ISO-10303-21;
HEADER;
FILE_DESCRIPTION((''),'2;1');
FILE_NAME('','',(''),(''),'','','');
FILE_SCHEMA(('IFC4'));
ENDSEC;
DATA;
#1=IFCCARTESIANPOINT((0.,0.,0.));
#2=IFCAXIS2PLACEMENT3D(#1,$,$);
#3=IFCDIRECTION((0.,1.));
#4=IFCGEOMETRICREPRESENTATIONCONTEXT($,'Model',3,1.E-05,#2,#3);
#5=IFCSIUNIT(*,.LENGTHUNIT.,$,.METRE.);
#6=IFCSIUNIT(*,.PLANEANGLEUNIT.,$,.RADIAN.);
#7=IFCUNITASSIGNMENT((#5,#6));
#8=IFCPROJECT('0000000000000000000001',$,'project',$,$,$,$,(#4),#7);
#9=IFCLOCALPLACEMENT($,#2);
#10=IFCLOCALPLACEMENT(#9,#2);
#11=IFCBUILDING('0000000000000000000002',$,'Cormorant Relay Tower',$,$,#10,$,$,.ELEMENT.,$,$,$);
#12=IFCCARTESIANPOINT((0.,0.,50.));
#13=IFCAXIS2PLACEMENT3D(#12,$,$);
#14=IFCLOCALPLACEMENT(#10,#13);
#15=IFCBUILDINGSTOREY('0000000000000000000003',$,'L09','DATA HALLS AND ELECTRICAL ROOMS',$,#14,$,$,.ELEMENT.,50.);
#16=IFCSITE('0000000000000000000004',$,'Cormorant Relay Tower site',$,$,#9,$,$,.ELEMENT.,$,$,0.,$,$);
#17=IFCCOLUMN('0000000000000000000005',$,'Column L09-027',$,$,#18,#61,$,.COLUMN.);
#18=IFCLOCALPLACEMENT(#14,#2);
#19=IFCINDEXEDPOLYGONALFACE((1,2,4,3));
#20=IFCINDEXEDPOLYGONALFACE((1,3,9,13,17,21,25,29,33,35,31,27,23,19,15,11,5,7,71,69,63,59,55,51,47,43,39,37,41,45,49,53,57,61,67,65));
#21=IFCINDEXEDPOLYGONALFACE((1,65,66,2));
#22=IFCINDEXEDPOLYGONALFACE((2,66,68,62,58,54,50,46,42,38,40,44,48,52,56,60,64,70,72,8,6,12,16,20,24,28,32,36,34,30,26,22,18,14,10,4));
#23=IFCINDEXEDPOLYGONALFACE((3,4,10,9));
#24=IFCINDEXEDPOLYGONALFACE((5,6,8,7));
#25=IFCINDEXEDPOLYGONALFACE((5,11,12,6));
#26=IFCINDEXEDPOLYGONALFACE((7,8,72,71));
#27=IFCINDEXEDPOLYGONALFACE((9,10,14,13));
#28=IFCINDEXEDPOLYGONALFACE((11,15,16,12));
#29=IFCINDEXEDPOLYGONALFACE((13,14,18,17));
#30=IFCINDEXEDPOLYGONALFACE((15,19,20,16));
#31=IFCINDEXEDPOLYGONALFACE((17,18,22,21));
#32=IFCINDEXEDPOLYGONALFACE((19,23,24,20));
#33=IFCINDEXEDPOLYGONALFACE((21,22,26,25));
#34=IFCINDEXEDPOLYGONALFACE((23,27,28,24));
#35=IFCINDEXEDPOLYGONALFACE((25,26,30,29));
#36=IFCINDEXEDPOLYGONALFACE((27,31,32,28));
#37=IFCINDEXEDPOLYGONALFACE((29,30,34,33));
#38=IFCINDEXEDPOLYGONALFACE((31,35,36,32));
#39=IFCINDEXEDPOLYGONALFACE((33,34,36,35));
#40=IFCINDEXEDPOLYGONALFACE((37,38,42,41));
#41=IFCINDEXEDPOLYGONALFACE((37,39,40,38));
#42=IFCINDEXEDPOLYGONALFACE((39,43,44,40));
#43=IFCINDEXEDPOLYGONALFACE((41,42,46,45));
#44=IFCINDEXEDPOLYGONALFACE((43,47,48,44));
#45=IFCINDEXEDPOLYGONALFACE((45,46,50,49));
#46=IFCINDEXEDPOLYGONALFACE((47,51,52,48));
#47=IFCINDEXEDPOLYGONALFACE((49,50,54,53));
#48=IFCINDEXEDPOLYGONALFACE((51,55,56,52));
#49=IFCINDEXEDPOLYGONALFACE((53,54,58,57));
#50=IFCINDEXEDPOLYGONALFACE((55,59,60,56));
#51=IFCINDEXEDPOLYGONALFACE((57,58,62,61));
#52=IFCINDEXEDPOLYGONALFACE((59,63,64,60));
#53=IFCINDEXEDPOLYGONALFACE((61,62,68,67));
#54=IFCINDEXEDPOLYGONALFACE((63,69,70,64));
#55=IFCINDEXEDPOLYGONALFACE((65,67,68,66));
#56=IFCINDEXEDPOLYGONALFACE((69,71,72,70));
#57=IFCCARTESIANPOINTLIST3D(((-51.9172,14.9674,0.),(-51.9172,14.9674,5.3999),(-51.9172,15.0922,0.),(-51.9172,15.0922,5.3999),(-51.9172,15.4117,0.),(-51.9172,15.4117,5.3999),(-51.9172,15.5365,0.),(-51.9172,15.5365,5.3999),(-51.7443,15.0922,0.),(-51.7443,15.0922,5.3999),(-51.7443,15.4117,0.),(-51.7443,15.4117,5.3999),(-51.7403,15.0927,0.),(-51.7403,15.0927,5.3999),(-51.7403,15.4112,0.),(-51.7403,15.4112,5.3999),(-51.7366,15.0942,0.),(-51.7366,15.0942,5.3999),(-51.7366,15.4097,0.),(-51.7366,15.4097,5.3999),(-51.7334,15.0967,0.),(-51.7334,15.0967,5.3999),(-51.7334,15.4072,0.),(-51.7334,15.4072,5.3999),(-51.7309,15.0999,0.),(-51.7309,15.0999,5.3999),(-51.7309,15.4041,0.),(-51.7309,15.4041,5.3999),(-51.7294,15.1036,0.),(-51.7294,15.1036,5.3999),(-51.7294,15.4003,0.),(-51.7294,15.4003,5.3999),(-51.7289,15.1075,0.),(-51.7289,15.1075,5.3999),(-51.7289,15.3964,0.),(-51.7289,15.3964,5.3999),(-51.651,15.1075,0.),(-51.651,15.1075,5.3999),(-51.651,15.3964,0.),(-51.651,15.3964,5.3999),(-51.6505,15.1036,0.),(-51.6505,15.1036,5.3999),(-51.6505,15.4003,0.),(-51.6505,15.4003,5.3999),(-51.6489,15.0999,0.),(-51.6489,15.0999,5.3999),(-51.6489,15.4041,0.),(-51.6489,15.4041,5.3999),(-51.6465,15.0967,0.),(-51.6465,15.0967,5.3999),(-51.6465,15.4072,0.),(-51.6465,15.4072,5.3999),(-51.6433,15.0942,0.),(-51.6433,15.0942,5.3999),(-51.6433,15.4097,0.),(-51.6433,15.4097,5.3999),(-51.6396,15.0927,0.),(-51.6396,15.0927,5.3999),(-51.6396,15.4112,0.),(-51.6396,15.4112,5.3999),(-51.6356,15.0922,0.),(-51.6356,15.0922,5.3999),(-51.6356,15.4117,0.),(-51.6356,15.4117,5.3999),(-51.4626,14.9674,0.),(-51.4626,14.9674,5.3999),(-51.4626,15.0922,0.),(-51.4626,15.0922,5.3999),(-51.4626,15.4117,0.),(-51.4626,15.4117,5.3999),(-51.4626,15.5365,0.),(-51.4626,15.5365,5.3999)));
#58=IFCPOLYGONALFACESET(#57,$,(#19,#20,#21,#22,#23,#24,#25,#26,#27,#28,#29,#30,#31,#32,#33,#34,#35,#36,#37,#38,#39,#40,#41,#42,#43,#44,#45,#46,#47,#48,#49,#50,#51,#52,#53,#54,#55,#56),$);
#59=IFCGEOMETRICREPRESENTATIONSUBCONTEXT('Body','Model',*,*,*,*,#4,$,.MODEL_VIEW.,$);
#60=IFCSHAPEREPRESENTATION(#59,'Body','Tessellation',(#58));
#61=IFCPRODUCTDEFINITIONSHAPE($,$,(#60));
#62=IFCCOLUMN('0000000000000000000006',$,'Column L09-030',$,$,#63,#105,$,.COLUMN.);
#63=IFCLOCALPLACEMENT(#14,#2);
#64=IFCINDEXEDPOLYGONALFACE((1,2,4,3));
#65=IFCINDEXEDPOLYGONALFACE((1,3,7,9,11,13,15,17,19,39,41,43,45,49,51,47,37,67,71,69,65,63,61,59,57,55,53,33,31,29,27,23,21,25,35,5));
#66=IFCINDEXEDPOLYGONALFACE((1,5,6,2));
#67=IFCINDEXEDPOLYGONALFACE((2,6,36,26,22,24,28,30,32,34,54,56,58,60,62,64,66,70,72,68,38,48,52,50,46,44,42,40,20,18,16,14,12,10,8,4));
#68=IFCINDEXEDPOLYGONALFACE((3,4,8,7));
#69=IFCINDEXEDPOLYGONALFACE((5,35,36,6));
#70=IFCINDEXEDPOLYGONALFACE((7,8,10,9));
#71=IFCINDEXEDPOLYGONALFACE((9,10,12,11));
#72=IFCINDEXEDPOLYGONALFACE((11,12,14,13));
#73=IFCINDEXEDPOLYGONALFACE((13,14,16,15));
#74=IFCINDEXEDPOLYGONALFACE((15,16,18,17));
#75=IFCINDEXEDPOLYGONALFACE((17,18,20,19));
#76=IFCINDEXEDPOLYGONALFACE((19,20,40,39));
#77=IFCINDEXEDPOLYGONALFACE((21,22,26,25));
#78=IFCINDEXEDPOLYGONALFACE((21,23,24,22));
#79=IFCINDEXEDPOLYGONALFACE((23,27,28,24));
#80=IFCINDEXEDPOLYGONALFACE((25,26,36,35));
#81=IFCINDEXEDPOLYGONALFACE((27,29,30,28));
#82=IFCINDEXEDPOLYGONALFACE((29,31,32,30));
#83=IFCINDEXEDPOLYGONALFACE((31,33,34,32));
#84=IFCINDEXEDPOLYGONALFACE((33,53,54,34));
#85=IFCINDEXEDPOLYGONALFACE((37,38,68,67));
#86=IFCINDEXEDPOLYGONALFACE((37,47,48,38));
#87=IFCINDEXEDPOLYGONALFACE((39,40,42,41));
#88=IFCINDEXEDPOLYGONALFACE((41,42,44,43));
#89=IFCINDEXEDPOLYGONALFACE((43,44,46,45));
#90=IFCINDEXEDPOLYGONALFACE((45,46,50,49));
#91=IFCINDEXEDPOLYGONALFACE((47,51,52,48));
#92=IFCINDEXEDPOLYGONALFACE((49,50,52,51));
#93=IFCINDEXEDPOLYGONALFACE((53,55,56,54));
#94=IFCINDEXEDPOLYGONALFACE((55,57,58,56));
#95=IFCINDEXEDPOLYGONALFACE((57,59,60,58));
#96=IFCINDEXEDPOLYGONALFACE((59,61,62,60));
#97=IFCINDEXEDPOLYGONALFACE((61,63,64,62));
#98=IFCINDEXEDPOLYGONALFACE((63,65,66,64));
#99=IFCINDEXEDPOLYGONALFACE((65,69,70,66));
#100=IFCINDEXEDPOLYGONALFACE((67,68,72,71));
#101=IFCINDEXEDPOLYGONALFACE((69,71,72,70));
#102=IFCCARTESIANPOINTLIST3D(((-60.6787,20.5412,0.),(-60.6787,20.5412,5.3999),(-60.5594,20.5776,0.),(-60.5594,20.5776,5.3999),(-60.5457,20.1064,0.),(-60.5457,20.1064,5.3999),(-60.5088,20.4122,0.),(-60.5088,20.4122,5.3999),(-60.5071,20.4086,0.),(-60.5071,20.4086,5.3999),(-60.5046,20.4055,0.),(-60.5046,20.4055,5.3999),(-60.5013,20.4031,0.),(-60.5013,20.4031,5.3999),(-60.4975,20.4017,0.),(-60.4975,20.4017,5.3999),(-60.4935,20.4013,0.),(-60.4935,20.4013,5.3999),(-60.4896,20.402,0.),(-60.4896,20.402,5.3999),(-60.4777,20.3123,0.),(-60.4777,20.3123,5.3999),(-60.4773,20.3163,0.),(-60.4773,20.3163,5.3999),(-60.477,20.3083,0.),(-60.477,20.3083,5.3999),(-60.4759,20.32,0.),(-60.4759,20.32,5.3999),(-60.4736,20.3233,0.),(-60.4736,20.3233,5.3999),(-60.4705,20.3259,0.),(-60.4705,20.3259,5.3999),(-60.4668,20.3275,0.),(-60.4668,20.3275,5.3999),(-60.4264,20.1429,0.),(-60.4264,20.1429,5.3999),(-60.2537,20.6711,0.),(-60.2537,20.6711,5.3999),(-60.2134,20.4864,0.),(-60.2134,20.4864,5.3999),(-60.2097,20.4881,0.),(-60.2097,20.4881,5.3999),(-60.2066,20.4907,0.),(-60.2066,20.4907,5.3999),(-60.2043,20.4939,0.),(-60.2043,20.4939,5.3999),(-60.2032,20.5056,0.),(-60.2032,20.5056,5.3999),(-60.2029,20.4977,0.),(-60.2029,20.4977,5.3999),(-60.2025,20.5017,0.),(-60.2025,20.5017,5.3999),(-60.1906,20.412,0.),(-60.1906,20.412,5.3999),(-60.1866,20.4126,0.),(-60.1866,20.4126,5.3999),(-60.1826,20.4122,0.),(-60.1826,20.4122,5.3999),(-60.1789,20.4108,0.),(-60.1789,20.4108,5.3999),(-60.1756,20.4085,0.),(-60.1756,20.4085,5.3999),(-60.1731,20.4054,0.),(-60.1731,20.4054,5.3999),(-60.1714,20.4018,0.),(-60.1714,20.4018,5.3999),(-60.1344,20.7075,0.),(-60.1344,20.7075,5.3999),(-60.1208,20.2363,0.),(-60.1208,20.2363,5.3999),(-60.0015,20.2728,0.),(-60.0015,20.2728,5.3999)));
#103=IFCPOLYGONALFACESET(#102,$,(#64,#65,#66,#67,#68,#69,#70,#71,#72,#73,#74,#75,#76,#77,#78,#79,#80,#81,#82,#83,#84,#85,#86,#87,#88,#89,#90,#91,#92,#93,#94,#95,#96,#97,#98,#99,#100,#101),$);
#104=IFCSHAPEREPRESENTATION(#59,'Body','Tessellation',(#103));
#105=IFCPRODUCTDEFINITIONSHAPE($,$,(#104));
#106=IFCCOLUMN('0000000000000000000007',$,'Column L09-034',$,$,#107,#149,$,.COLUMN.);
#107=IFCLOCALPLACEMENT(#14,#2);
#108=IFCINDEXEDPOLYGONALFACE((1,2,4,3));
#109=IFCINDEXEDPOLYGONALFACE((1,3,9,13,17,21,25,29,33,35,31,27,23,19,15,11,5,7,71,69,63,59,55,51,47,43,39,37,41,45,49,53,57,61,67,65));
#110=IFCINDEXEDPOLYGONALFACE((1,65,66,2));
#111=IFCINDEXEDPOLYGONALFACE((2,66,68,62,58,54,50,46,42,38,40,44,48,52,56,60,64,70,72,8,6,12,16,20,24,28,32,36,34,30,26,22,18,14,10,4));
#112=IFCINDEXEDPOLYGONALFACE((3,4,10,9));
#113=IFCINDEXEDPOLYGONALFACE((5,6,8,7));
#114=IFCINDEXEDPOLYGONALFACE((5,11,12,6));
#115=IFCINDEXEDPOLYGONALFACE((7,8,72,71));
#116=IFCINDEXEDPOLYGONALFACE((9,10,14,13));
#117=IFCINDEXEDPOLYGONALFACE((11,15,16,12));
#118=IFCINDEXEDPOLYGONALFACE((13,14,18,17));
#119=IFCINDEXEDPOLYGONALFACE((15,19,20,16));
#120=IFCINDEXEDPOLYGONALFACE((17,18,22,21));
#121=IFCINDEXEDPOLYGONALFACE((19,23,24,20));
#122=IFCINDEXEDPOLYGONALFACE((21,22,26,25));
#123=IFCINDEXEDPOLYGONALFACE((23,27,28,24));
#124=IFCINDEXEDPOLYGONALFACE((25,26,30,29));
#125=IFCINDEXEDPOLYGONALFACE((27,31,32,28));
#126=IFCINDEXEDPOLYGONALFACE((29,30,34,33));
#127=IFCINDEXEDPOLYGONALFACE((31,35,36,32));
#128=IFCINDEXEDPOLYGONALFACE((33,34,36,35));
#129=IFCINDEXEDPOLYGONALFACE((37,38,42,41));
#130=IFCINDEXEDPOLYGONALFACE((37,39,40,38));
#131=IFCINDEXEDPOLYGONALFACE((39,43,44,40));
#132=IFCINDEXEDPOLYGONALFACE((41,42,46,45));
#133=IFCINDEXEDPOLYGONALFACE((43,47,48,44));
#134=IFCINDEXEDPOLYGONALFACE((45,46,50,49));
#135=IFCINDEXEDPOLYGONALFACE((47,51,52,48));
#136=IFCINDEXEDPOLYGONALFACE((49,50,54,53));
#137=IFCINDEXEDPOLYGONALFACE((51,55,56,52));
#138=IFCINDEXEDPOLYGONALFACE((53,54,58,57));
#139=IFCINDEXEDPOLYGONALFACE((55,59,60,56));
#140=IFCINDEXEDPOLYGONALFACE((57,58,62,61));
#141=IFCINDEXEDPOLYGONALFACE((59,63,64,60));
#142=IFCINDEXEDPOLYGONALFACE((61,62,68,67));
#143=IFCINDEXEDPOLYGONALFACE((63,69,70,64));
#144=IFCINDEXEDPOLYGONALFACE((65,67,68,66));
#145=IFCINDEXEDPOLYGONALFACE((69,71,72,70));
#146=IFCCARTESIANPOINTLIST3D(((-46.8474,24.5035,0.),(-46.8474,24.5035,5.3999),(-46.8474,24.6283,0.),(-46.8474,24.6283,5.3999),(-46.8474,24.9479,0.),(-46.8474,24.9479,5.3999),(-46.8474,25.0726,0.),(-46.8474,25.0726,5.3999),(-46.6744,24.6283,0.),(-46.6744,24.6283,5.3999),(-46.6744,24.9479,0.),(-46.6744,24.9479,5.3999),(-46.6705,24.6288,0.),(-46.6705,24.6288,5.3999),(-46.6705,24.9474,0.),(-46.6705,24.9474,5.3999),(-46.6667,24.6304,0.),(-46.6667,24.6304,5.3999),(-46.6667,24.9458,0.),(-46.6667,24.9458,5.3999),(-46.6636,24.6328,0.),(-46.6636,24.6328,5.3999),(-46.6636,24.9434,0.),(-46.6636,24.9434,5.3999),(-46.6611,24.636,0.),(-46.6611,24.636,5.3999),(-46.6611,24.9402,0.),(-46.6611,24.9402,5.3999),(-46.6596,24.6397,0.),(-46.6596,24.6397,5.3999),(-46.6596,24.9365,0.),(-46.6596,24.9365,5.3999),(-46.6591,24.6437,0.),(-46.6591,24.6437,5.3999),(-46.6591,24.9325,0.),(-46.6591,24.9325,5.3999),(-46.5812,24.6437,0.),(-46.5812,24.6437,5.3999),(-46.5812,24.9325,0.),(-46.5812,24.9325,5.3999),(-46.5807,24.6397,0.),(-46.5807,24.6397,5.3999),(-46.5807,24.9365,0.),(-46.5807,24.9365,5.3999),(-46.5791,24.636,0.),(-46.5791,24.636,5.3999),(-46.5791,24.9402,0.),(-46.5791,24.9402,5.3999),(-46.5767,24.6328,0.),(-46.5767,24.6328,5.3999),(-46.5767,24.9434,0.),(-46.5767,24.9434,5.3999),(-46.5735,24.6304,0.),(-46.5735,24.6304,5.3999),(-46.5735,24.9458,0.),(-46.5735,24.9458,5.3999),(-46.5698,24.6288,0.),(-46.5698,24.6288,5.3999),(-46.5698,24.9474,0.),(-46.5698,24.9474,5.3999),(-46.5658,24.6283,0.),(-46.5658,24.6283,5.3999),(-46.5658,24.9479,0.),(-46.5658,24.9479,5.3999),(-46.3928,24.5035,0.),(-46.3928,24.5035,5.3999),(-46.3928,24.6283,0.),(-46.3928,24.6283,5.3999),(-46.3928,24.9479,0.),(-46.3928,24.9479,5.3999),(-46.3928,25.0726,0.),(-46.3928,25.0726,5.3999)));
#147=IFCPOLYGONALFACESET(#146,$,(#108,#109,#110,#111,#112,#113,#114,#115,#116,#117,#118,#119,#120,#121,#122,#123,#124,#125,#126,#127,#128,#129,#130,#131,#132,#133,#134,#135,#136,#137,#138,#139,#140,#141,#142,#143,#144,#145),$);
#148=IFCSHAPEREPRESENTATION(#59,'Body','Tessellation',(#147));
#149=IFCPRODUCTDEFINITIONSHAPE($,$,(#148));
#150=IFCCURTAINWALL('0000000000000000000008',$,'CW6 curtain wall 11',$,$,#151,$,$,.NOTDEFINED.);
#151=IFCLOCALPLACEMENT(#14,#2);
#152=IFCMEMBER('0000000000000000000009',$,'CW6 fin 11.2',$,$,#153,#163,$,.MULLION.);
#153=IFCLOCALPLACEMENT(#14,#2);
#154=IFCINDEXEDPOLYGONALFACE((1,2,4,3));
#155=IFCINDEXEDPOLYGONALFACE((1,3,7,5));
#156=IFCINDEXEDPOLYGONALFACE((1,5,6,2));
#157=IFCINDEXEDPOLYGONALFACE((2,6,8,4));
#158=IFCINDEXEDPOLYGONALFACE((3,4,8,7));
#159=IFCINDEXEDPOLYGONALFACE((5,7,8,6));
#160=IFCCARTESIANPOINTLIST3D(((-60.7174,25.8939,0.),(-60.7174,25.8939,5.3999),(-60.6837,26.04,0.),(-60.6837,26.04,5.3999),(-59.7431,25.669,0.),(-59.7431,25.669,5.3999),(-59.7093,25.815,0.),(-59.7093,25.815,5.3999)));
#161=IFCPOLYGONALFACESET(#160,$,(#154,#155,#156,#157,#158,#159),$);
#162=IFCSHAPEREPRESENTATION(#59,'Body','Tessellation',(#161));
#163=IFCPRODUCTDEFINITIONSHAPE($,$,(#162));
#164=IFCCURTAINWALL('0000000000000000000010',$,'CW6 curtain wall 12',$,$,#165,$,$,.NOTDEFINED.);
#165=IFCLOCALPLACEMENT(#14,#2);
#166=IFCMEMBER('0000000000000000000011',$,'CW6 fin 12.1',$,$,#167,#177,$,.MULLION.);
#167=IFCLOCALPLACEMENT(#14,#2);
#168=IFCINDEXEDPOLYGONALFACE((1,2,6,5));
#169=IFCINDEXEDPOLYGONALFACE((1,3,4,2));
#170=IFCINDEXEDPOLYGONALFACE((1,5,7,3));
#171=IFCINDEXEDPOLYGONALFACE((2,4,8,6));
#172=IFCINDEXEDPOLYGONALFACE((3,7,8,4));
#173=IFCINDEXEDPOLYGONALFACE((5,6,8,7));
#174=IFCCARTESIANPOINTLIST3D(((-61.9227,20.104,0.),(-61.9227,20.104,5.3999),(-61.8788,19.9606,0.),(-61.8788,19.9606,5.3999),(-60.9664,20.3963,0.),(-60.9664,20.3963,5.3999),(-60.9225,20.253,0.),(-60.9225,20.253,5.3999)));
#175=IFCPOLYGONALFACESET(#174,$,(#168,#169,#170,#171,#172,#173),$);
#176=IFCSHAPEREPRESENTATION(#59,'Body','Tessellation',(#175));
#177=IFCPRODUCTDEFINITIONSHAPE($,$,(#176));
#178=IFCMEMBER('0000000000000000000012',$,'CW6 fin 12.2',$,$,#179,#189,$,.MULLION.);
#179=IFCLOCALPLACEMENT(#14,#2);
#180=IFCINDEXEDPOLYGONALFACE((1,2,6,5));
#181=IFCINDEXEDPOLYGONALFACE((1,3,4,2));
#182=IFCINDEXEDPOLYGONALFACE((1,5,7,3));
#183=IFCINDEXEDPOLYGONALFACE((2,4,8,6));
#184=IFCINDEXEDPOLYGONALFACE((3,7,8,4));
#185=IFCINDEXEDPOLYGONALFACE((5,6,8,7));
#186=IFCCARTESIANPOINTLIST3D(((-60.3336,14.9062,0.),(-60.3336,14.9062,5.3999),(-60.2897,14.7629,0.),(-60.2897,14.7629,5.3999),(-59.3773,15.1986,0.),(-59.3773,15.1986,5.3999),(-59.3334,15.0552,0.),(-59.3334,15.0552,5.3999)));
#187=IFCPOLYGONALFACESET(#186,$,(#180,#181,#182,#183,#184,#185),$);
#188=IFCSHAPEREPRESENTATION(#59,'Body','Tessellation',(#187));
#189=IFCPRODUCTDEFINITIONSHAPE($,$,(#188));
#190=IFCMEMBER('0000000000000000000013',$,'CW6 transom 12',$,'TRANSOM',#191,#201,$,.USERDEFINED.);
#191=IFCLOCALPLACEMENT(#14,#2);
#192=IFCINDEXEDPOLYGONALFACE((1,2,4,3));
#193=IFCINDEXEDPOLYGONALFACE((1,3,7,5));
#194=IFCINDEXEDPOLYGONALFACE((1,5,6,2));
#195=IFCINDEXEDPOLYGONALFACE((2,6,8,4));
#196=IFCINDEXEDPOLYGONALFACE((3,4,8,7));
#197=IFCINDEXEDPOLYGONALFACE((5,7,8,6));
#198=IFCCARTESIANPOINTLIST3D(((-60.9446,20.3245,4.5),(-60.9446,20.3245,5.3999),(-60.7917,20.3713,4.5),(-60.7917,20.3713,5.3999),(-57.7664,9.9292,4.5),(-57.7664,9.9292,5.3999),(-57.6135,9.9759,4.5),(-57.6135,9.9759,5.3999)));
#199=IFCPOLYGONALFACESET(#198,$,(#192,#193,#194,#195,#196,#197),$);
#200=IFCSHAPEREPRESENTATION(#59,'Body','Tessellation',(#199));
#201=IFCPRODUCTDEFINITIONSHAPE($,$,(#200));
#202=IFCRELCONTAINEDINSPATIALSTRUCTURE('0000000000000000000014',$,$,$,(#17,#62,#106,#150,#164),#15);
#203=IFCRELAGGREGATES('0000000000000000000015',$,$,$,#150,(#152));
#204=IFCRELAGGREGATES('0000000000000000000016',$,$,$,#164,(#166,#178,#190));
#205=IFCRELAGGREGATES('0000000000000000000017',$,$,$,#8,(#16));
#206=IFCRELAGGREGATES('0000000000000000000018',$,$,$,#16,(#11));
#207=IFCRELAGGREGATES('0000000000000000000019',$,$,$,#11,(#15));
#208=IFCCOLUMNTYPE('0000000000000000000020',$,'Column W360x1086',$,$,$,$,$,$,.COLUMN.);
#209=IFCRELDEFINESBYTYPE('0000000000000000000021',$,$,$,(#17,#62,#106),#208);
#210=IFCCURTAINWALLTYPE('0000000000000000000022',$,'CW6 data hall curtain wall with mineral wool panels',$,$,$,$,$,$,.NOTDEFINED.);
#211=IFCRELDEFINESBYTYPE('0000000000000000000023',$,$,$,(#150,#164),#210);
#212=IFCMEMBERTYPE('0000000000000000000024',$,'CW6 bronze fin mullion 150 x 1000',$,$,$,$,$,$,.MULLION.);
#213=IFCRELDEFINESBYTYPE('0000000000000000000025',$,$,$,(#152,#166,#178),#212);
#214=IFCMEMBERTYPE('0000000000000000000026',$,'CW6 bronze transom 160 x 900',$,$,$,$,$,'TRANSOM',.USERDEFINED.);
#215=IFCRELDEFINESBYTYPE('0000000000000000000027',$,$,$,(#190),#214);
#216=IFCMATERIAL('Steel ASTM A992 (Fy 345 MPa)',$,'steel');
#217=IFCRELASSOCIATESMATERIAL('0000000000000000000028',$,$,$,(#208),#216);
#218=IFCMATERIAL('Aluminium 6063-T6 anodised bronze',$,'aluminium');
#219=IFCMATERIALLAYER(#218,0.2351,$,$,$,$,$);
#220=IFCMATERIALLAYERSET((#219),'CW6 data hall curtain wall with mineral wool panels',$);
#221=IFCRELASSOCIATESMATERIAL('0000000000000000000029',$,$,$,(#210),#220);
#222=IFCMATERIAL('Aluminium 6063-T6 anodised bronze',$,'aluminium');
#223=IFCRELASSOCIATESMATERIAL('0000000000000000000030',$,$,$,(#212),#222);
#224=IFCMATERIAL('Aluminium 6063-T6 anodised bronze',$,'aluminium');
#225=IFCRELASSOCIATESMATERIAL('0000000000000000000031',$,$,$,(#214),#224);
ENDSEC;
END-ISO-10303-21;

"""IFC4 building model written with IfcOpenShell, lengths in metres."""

from ifc_helpers import new_model, si_unit, direction, frame, origin, origin_2d, place, context, subcontext, project, spatial, rectangle, i_section, extrude, material, layer, layer_set, material_profile, profile_set, type_object, element, aggregate, save


model = new_model("IFC4")

# Units and contexts
model_context = context("Model", 3, precision=1e-05, world=origin(), true_north=direction((0.0, 1.0)))
body_context = subcontext(model_context, "Body", "Model", "MODEL_VIEW")
ifc_project = project(units=[si_unit("LENGTHUNIT", "METRE"), si_unit("PLANEANGLEUNIT", "RADIAN")], contexts=[model_context])

# Site, building, storey
site_placement = place(None, origin())
site = spatial("IfcSite", under=ifc_project, at=site_placement, Name="Cormorant Relay Tower site", CompositionType="ELEMENT", RefElevation=0.0)
building_placement = place(site_placement, origin())
building = spatial("IfcBuilding", under=site, at=building_placement, Name="Cormorant Relay Tower", CompositionType="ELEMENT")
storey_placement = place(building_placement, frame((0.0, 0.0, 50.0)))
storey = spatial("IfcBuildingStorey", under=building, at=storey_placement, Name="L09", Description="DATA HALLS AND ELECTRICAL ROOMS", CompositionType="ELEMENT", Elevation=50.0)

# Columns
ifc_material_1 = material(Name="Steel ASTM A992 (Fy 345 MPa)", Category="steel")
ifc_material_profile_1 = material_profile(ifc_material_1, i_section(OverallWidth=0.4546, OverallDepth=0.5691, WebThickness=0.0779, FlangeThickness=0.1248, FilletRadius=0.0154, at=origin_2d()), Name="W360x1086")
ifc_profile_set_1 = profile_set([ifc_material_profile_1], Name="Steel ASTM A992 (Fy 345 MPa)")
column_type = type_object("IfcColumnType", Name="Column W360x1086", PredefinedType="COLUMN", material=ifc_profile_set_1)
for number, where, z_axis, x_axis, name in (
    (1, (-51.6899, 15.252, 0.0), (0.0, 0.0, 1.0), (1.0, 0.0, 0.0), "Column L09-027"),
    (2, (-60.3401, 20.407, 0.0), (0.0, 0.0, 1.0), (0.292372, -0.956305, 0.0), "Column L09-030"),
    (3, (-46.6201, 24.7881, 0.0), (0.0, 0.0, 1.0), (1.0, 0.0, 0.0), "Column L09-034"),
):
    element("IfcColumn", number, at=place(storey_placement, frame(where, z_axis=z_axis, x_axis=x_axis)), inside=storey, type_object=column_type, Name=name, PredefinedType="COLUMN", context=body_context, shape_type="SweptSolid", body=[
        extrude(i_section(OverallWidth=0.4546, OverallDepth=0.5691, WebThickness=0.0779, FlangeThickness=0.1248, FilletRadius=0.0154, at=origin_2d()), origin(), (0.0, 0.0, 1.0), 5.3999),
    ])

# Curtain wall, member
ifc_material_2 = material(Name="Aluminium 6063-T6 anodised bronze", Category="aluminium")
ifc_layer_1 = layer(ifc_material_2, 0.2351)
ifc_layer_set_1 = layer_set([ifc_layer_1], Name="CW6 data hall curtain wall with mineral wool panels")
curtain_wall_type = type_object("IfcCurtainWallType", Name="CW6 data hall curtain wall with mineral wool panels", PredefinedType="NOTDEFINED", material=ifc_layer_set_1)
curtain_wall_1_placement = place(storey_placement, origin())
curtain_wall_1 = element("IfcCurtainWall", 4, at=curtain_wall_1_placement, inside=storey, type_object=curtain_wall_type, Name="CW6 curtain wall 11", PredefinedType="NOTDEFINED")
ifc_material_3 = material(Name="Aluminium 6063-T6 anodised bronze", Category="aluminium")
ifc_material_profile_2 = material_profile(ifc_material_3, rectangle(XDim=0.1499, YDim=1.0, at=origin_2d()), Name="AL 150x1000")
ifc_profile_set_2 = profile_set([ifc_material_profile_2], Name="Aluminium 6063-T6 anodised bronze")
member_type_1 = type_object("IfcMemberType", Name="CW6 bronze fin mullion 150 x 1000", PredefinedType="MULLION", material=ifc_profile_set_2)
member_1_placement = place(storey_placement, frame((-60.2134, 25.8545, 0.0), z_axis=(0.0, 0.0, 1.0), x_axis=(-0.224951, -0.97437, 0.0)))
member_1 = element("IfcMember", 5, at=member_1_placement, type_object=member_type_1, Name="CW6 fin 11.2", PredefinedType="MULLION", context=body_context, shape_type="SweptSolid", body=[
    extrude(rectangle(XDim=0.1499, YDim=1.0, at=origin_2d()), origin(), (0.0, 0.0, 1.0), 5.3999),
])

# Curtain wall, members
curtain_wall_2_placement = place(storey_placement, origin())
curtain_wall_2 = element("IfcCurtainWall", 6, at=curtain_wall_2_placement, inside=storey, type_object=curtain_wall_type, Name="CW6 curtain wall 12", PredefinedType="NOTDEFINED")
member_2_placement = place(storey_placement, frame((-61.4226, 20.1785, 0.0), z_axis=(0.0, 0.0, 1.0), x_axis=(0.292372, -0.956305, 0.0)))
member_2 = element("IfcMember", 7, at=member_2_placement, type_object=member_type_1, Name="CW6 fin 12.1", PredefinedType="MULLION", context=body_context, shape_type="SweptSolid", body=[
    extrude(rectangle(XDim=0.1499, YDim=1.0, at=origin_2d()), origin(), (0.0, 0.0, 1.0), 5.3999),
])
member_3_placement = place(storey_placement, frame((-59.8335, 14.9807, 0.0), z_axis=(0.0, 0.0, 1.0), x_axis=(0.292372, -0.956305, 0.0)))
member_3 = element("IfcMember", 8, at=member_3_placement, type_object=member_type_1, Name="CW6 fin 12.2", PredefinedType="MULLION", context=body_context, shape_type="SweptSolid", body=[
    extrude(rectangle(XDim=0.1499, YDim=1.0, at=origin_2d()), origin(), (0.0, 0.0, 1.0), 5.3999),
])
ifc_material_4 = material(Name="Aluminium 6063-T6 anodised bronze", Category="aluminium")
ifc_material_profile_3 = material_profile(ifc_material_4, rectangle(XDim=0.1599, YDim=0.8999, at=origin_2d()), Name="AL 160x900")
ifc_profile_set_3 = profile_set([ifc_material_profile_3], Name="Aluminium 6063-T6 anodised bronze")
member_type_2 = type_object("IfcMemberType", Name="CW6 bronze transom 160 x 900", ElementType="TRANSOM", PredefinedType="USERDEFINED", material=ifc_profile_set_3)
member_4_placement = place(storey_placement, frame((-60.8682, 20.3479, 4.95), z_axis=(0.292378, -0.956303, 0.0), x_axis=(0.956303, 0.292378, 0.0)))
member_4 = element("IfcMember", 9, at=member_4_placement, type_object=member_type_2, Name="CW6 transom 12", ObjectType="TRANSOM", PredefinedType="USERDEFINED", context=body_context, shape_type="SweptSolid", body=[
    extrude(rectangle(XDim=0.1599, YDim=0.8999, at=origin_2d()), origin(), (0.0, 0.0, 1.0), 10.8704),
])

aggregate(curtain_wall_1, [member_1])
aggregate(curtain_wall_2, [member_2, member_3, member_4])

save(model, "model.ifc")
